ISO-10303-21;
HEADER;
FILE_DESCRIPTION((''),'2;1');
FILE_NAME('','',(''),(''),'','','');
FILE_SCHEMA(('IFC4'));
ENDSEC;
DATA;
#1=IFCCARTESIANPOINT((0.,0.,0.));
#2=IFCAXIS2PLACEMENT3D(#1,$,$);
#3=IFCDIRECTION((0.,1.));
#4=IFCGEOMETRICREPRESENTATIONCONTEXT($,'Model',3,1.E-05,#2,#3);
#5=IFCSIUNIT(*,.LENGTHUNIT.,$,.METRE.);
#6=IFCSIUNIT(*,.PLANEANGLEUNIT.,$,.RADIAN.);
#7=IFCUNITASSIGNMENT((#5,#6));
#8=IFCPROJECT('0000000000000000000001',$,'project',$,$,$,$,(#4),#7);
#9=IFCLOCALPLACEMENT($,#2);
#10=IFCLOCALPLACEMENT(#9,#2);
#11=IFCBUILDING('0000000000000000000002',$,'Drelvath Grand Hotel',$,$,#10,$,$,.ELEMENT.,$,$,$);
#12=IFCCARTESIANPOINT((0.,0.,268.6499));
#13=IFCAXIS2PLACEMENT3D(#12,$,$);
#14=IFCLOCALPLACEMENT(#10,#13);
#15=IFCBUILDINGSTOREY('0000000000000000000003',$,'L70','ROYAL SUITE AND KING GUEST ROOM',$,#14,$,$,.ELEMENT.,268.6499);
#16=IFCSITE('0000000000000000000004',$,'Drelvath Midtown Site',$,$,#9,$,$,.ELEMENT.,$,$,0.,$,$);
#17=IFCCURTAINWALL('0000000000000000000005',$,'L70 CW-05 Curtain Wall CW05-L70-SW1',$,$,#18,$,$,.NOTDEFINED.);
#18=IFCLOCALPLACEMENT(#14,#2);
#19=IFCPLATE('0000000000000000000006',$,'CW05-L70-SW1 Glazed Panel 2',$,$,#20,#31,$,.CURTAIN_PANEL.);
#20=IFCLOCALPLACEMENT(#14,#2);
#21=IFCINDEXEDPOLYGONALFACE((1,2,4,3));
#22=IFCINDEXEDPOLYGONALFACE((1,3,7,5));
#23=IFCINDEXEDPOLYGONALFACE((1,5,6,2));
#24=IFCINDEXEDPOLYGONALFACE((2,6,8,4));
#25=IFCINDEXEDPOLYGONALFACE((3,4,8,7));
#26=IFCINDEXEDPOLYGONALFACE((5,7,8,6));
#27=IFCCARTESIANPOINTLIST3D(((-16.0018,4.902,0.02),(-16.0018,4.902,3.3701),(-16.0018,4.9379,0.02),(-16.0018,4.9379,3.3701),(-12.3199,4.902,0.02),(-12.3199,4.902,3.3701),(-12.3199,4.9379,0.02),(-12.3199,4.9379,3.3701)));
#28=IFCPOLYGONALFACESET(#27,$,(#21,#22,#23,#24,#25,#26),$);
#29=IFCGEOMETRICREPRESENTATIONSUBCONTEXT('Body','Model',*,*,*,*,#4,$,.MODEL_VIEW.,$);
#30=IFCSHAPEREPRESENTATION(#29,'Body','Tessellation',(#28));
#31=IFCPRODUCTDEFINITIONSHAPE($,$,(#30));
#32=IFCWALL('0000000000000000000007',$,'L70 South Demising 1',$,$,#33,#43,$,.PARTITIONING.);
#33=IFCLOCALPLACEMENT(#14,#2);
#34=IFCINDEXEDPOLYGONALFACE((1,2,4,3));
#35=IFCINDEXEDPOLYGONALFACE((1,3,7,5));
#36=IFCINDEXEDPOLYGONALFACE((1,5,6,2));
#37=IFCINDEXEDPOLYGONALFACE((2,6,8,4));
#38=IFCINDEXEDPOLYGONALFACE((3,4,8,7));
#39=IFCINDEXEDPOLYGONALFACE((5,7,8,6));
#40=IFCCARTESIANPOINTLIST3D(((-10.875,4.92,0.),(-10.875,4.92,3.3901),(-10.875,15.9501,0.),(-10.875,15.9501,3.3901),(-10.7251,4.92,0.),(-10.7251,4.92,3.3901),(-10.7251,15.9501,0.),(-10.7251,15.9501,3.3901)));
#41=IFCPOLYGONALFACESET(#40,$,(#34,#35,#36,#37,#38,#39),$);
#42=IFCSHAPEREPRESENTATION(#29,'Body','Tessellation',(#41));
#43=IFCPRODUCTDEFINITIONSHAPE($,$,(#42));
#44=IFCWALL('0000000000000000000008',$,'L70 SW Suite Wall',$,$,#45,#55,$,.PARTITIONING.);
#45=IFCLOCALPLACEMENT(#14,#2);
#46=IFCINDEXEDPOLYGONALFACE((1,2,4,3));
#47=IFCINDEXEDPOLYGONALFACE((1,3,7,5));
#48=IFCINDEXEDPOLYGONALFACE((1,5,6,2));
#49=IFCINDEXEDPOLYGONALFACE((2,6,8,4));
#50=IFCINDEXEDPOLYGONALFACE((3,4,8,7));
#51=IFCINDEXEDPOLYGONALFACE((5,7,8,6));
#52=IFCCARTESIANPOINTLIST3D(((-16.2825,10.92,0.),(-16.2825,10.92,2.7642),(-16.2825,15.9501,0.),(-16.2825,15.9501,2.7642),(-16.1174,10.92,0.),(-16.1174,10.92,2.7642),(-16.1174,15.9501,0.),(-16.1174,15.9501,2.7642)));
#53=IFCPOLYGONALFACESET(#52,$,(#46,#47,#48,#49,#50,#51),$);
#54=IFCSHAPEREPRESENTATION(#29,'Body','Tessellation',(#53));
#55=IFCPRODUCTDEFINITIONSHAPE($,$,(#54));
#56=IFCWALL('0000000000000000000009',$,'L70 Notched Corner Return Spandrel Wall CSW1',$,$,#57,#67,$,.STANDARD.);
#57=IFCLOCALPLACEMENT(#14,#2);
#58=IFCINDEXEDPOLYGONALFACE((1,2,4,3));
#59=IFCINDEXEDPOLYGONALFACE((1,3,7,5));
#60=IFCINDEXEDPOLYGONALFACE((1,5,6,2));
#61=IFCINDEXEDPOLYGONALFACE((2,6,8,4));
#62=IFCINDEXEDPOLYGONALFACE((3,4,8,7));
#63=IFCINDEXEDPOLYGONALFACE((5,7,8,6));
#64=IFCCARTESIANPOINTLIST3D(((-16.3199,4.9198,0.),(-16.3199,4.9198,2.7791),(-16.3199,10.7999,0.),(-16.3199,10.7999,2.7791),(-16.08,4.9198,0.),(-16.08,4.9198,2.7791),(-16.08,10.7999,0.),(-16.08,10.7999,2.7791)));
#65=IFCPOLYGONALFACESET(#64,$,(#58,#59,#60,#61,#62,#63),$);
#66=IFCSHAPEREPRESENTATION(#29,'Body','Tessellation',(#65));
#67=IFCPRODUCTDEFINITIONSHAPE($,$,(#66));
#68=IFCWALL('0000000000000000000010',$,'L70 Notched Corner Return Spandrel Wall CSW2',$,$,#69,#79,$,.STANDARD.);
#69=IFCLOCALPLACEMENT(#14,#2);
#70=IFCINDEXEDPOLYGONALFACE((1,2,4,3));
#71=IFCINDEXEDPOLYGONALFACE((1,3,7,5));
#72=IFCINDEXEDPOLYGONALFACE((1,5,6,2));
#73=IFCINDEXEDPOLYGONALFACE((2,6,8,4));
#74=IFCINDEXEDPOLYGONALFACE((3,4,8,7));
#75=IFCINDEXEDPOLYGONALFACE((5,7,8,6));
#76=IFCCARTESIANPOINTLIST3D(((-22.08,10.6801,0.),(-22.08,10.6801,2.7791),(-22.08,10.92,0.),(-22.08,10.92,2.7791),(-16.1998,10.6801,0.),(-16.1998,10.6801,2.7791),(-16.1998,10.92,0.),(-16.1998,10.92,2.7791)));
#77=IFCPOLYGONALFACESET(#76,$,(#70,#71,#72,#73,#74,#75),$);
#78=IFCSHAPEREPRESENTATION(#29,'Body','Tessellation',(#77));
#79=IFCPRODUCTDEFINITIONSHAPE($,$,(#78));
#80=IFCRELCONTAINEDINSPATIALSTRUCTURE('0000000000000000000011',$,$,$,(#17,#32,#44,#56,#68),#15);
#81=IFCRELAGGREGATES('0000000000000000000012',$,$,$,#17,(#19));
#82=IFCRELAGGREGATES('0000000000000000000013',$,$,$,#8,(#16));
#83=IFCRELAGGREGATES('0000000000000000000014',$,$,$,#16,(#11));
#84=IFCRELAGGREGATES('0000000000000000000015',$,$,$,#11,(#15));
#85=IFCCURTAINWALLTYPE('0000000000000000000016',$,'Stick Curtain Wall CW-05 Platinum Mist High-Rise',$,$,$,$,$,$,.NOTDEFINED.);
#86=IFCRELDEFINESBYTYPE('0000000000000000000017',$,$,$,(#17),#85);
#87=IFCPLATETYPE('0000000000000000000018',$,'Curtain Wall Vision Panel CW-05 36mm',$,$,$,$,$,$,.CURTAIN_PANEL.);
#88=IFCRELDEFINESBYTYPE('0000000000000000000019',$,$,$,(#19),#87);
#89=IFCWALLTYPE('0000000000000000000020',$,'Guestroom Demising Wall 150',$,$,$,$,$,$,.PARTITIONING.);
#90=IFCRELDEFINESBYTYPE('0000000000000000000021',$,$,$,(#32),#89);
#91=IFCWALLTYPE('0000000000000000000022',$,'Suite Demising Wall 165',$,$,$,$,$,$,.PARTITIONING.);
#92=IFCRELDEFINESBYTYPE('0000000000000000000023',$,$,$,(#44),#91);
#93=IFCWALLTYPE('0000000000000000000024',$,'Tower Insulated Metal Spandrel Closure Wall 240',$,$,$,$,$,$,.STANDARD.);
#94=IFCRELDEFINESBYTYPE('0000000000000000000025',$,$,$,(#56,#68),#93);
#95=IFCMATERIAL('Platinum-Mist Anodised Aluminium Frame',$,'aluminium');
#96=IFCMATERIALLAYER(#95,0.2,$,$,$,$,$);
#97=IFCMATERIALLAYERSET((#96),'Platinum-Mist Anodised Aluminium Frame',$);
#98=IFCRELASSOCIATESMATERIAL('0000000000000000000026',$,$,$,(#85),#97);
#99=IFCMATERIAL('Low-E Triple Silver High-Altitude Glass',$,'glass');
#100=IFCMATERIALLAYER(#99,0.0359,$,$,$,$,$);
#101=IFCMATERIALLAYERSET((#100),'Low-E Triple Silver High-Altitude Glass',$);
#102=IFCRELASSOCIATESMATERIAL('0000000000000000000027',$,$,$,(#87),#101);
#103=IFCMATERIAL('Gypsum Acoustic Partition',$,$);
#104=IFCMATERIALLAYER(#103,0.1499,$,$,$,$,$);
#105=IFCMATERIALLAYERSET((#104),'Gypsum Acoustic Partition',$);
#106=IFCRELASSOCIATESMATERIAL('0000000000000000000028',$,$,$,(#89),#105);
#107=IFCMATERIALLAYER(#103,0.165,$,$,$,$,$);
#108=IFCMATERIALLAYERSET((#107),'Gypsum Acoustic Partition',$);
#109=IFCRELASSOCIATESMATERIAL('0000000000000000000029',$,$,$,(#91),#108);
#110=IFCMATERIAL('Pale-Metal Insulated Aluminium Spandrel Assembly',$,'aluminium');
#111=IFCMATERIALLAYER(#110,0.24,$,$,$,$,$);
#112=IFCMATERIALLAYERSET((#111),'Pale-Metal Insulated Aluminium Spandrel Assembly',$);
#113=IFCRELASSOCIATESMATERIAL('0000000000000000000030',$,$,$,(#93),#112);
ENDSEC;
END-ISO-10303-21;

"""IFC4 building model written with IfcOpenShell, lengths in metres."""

from ifc_helpers import new_model, si_unit, direction, frame, frame_2d, origin, origin_2d, place, context, subcontext, project, spatial, rectangle, extrude, material, layer, layer_set, type_object, element, aggregate, save


model = new_model("IFC4")

# Units and contexts
model_context = context("Model", 3, precision=1e-05, world=origin(), true_north=direction((0.0, 1.0)))
body_context = subcontext(model_context, "Body", "Model", "MODEL_VIEW")
ifc_project = project(units=[si_unit("LENGTHUNIT", "METRE"), si_unit("PLANEANGLEUNIT", "RADIAN")], contexts=[model_context])

# Site, building, storey
site_placement = place(None, origin())
site = spatial("IfcSite", under=ifc_project, at=site_placement, Name="Drelvath Midtown Site", CompositionType="ELEMENT", RefElevation=0.0)
building_placement = place(site_placement, origin())
building = spatial("IfcBuilding", under=site, at=building_placement, Name="Drelvath Grand Hotel", CompositionType="ELEMENT")
storey_placement = place(building_placement, frame((0.0, 0.0, 268.6499)))
storey = spatial("IfcBuildingStorey", under=building, at=storey_placement, Name="L70", Description="ROYAL SUITE AND KING GUEST ROOM", CompositionType="ELEMENT", Elevation=268.6499)

# Curtain wall
ifc_material_1 = material(Name="Platinum-Mist Anodised Aluminium Frame", Category="aluminium")
ifc_layer_1 = layer(ifc_material_1, 0.2)
ifc_layer_set_1 = layer_set([ifc_layer_1], Name="Platinum-Mist Anodised Aluminium Frame")
curtain_wall_type = type_object("IfcCurtainWallType", Name="Stick Curtain Wall CW-05 Platinum Mist High-Rise", PredefinedType="NOTDEFINED", material=ifc_layer_set_1)
curtain_wall_1_placement = place(storey_placement, origin())
curtain_wall_1 = element("IfcCurtainWall", 1, at=curtain_wall_1_placement, inside=storey, type_object=curtain_wall_type, Name="L70 CW-05 Curtain Wall CW05-L70-SW1", PredefinedType="NOTDEFINED")

# Plate
ifc_material_2 = material(Name="Low-E Triple Silver High-Altitude Glass", Category="glass")
ifc_layer_2 = layer(ifc_material_2, 0.0359)
ifc_layer_set_2 = layer_set([ifc_layer_2], Name="Low-E Triple Silver High-Altitude Glass")
plate_type = type_object("IfcPlateType", Name="Curtain Wall Vision Panel CW-05 36mm", PredefinedType="CURTAIN_PANEL", material=ifc_layer_set_2)
plate_1_placement = place(storey_placement, frame((-14.1609, 4.9199, 0.02), z_axis=(0.0, 0.0, 1.0), x_axis=(-1.0, 0.0, 0.0)))
plate_1 = element("IfcPlate", 2, at=plate_1_placement, type_object=plate_type, Name="CW05-L70-SW1 Glazed Panel 2", PredefinedType="CURTAIN_PANEL", context=body_context, shape_type="SweptSolid", body=[
    extrude(rectangle(XDim=3.6819, YDim=0.0359, at=origin_2d()), origin(), (0.0, 0.0, 1.0), 3.3501),
])
aggregate(curtain_wall_1, [plate_1])

# Walls
ifc_material_3 = material(Name="Gypsum Acoustic Partition")
ifc_layer_3 = layer(ifc_material_3, 0.1499)
ifc_layer_set_3 = layer_set([ifc_layer_3], Name="Gypsum Acoustic Partition")
wall_type_1 = type_object("IfcWallType", Name="Guestroom Demising Wall 150", PredefinedType="PARTITIONING", material=ifc_layer_set_3)
wall_1_placement = place(storey_placement, frame((-10.8, 4.9199, 0.0), z_axis=(0.0, 0.0, 1.0), x_axis=(0.0, 1.0, 0.0)))
element("IfcWall", 3, at=wall_1_placement, inside=storey, type_object=wall_type_1, Name="L70 South Demising 1", PredefinedType="PARTITIONING", context=body_context, shape_type="SweptSolid", body=[
    extrude(rectangle(XDim=11.03, YDim=0.1499, at=frame_2d((5.5151, 0.0))), origin(), (0.0, 0.0, 1.0), 3.3901),
])
ifc_layer_4 = layer(ifc_material_3, 0.165)
ifc_layer_set_4 = layer_set([ifc_layer_4], Name="Gypsum Acoustic Partition")
wall_type_2 = type_object("IfcWallType", Name="Suite Demising Wall 165", PredefinedType="PARTITIONING", material=ifc_layer_set_4)
wall_2_placement = place(storey_placement, frame((-16.2, 10.9199, 0.0), z_axis=(0.0, 0.0, 1.0), x_axis=(0.0, 1.0, 0.0)))
element("IfcWall", 4, at=wall_2_placement, inside=storey, type_object=wall_type_2, Name="L70 SW Suite Wall", PredefinedType="PARTITIONING", context=body_context, shape_type="SweptSolid", body=[
    extrude(rectangle(XDim=5.03, YDim=0.165, at=frame_2d((2.5151, 0.0))), origin(), (0.0, 0.0, 1.0), 2.7642),
])
ifc_material_4 = material(Name="Pale-Metal Insulated Aluminium Spandrel Assembly", Category="aluminium")
ifc_layer_5 = layer(ifc_material_4, 0.24)
ifc_layer_set_5 = layer_set([ifc_layer_5], Name="Pale-Metal Insulated Aluminium Spandrel Assembly")
wall_type_3 = type_object("IfcWallType", Name="Tower Insulated Metal Spandrel Closure Wall 240", PredefinedType="STANDARD", material=ifc_layer_set_5)
for number, where, z_axis, x_axis, name in (
    (5, (-16.2, 4.9199, 0.0), (0.0, 0.0, 1.0), (0.0, 1.0, 0.0), "L70 Notched Corner Return Spandrel Wall CSW1"),
    (6, (-16.2, 10.8, 0.0), (0.0, 0.0, 1.0), (-1.0, 0.0, 0.0), "L70 Notched Corner Return Spandrel Wall CSW2"),
):
    element("IfcWall", number, at=place(storey_placement, frame(where, z_axis=z_axis, x_axis=x_axis)), inside=storey, type_object=wall_type_3, Name=name, PredefinedType="STANDARD", context=body_context, shape_type="SweptSolid", body=[
        extrude(rectangle(XDim=5.8801, YDim=0.24, at=frame_2d((2.9399, 0.0))), origin(), (0.0, 0.0, 1.0), 2.7791),
    ])

save(model, "model.ifc")
